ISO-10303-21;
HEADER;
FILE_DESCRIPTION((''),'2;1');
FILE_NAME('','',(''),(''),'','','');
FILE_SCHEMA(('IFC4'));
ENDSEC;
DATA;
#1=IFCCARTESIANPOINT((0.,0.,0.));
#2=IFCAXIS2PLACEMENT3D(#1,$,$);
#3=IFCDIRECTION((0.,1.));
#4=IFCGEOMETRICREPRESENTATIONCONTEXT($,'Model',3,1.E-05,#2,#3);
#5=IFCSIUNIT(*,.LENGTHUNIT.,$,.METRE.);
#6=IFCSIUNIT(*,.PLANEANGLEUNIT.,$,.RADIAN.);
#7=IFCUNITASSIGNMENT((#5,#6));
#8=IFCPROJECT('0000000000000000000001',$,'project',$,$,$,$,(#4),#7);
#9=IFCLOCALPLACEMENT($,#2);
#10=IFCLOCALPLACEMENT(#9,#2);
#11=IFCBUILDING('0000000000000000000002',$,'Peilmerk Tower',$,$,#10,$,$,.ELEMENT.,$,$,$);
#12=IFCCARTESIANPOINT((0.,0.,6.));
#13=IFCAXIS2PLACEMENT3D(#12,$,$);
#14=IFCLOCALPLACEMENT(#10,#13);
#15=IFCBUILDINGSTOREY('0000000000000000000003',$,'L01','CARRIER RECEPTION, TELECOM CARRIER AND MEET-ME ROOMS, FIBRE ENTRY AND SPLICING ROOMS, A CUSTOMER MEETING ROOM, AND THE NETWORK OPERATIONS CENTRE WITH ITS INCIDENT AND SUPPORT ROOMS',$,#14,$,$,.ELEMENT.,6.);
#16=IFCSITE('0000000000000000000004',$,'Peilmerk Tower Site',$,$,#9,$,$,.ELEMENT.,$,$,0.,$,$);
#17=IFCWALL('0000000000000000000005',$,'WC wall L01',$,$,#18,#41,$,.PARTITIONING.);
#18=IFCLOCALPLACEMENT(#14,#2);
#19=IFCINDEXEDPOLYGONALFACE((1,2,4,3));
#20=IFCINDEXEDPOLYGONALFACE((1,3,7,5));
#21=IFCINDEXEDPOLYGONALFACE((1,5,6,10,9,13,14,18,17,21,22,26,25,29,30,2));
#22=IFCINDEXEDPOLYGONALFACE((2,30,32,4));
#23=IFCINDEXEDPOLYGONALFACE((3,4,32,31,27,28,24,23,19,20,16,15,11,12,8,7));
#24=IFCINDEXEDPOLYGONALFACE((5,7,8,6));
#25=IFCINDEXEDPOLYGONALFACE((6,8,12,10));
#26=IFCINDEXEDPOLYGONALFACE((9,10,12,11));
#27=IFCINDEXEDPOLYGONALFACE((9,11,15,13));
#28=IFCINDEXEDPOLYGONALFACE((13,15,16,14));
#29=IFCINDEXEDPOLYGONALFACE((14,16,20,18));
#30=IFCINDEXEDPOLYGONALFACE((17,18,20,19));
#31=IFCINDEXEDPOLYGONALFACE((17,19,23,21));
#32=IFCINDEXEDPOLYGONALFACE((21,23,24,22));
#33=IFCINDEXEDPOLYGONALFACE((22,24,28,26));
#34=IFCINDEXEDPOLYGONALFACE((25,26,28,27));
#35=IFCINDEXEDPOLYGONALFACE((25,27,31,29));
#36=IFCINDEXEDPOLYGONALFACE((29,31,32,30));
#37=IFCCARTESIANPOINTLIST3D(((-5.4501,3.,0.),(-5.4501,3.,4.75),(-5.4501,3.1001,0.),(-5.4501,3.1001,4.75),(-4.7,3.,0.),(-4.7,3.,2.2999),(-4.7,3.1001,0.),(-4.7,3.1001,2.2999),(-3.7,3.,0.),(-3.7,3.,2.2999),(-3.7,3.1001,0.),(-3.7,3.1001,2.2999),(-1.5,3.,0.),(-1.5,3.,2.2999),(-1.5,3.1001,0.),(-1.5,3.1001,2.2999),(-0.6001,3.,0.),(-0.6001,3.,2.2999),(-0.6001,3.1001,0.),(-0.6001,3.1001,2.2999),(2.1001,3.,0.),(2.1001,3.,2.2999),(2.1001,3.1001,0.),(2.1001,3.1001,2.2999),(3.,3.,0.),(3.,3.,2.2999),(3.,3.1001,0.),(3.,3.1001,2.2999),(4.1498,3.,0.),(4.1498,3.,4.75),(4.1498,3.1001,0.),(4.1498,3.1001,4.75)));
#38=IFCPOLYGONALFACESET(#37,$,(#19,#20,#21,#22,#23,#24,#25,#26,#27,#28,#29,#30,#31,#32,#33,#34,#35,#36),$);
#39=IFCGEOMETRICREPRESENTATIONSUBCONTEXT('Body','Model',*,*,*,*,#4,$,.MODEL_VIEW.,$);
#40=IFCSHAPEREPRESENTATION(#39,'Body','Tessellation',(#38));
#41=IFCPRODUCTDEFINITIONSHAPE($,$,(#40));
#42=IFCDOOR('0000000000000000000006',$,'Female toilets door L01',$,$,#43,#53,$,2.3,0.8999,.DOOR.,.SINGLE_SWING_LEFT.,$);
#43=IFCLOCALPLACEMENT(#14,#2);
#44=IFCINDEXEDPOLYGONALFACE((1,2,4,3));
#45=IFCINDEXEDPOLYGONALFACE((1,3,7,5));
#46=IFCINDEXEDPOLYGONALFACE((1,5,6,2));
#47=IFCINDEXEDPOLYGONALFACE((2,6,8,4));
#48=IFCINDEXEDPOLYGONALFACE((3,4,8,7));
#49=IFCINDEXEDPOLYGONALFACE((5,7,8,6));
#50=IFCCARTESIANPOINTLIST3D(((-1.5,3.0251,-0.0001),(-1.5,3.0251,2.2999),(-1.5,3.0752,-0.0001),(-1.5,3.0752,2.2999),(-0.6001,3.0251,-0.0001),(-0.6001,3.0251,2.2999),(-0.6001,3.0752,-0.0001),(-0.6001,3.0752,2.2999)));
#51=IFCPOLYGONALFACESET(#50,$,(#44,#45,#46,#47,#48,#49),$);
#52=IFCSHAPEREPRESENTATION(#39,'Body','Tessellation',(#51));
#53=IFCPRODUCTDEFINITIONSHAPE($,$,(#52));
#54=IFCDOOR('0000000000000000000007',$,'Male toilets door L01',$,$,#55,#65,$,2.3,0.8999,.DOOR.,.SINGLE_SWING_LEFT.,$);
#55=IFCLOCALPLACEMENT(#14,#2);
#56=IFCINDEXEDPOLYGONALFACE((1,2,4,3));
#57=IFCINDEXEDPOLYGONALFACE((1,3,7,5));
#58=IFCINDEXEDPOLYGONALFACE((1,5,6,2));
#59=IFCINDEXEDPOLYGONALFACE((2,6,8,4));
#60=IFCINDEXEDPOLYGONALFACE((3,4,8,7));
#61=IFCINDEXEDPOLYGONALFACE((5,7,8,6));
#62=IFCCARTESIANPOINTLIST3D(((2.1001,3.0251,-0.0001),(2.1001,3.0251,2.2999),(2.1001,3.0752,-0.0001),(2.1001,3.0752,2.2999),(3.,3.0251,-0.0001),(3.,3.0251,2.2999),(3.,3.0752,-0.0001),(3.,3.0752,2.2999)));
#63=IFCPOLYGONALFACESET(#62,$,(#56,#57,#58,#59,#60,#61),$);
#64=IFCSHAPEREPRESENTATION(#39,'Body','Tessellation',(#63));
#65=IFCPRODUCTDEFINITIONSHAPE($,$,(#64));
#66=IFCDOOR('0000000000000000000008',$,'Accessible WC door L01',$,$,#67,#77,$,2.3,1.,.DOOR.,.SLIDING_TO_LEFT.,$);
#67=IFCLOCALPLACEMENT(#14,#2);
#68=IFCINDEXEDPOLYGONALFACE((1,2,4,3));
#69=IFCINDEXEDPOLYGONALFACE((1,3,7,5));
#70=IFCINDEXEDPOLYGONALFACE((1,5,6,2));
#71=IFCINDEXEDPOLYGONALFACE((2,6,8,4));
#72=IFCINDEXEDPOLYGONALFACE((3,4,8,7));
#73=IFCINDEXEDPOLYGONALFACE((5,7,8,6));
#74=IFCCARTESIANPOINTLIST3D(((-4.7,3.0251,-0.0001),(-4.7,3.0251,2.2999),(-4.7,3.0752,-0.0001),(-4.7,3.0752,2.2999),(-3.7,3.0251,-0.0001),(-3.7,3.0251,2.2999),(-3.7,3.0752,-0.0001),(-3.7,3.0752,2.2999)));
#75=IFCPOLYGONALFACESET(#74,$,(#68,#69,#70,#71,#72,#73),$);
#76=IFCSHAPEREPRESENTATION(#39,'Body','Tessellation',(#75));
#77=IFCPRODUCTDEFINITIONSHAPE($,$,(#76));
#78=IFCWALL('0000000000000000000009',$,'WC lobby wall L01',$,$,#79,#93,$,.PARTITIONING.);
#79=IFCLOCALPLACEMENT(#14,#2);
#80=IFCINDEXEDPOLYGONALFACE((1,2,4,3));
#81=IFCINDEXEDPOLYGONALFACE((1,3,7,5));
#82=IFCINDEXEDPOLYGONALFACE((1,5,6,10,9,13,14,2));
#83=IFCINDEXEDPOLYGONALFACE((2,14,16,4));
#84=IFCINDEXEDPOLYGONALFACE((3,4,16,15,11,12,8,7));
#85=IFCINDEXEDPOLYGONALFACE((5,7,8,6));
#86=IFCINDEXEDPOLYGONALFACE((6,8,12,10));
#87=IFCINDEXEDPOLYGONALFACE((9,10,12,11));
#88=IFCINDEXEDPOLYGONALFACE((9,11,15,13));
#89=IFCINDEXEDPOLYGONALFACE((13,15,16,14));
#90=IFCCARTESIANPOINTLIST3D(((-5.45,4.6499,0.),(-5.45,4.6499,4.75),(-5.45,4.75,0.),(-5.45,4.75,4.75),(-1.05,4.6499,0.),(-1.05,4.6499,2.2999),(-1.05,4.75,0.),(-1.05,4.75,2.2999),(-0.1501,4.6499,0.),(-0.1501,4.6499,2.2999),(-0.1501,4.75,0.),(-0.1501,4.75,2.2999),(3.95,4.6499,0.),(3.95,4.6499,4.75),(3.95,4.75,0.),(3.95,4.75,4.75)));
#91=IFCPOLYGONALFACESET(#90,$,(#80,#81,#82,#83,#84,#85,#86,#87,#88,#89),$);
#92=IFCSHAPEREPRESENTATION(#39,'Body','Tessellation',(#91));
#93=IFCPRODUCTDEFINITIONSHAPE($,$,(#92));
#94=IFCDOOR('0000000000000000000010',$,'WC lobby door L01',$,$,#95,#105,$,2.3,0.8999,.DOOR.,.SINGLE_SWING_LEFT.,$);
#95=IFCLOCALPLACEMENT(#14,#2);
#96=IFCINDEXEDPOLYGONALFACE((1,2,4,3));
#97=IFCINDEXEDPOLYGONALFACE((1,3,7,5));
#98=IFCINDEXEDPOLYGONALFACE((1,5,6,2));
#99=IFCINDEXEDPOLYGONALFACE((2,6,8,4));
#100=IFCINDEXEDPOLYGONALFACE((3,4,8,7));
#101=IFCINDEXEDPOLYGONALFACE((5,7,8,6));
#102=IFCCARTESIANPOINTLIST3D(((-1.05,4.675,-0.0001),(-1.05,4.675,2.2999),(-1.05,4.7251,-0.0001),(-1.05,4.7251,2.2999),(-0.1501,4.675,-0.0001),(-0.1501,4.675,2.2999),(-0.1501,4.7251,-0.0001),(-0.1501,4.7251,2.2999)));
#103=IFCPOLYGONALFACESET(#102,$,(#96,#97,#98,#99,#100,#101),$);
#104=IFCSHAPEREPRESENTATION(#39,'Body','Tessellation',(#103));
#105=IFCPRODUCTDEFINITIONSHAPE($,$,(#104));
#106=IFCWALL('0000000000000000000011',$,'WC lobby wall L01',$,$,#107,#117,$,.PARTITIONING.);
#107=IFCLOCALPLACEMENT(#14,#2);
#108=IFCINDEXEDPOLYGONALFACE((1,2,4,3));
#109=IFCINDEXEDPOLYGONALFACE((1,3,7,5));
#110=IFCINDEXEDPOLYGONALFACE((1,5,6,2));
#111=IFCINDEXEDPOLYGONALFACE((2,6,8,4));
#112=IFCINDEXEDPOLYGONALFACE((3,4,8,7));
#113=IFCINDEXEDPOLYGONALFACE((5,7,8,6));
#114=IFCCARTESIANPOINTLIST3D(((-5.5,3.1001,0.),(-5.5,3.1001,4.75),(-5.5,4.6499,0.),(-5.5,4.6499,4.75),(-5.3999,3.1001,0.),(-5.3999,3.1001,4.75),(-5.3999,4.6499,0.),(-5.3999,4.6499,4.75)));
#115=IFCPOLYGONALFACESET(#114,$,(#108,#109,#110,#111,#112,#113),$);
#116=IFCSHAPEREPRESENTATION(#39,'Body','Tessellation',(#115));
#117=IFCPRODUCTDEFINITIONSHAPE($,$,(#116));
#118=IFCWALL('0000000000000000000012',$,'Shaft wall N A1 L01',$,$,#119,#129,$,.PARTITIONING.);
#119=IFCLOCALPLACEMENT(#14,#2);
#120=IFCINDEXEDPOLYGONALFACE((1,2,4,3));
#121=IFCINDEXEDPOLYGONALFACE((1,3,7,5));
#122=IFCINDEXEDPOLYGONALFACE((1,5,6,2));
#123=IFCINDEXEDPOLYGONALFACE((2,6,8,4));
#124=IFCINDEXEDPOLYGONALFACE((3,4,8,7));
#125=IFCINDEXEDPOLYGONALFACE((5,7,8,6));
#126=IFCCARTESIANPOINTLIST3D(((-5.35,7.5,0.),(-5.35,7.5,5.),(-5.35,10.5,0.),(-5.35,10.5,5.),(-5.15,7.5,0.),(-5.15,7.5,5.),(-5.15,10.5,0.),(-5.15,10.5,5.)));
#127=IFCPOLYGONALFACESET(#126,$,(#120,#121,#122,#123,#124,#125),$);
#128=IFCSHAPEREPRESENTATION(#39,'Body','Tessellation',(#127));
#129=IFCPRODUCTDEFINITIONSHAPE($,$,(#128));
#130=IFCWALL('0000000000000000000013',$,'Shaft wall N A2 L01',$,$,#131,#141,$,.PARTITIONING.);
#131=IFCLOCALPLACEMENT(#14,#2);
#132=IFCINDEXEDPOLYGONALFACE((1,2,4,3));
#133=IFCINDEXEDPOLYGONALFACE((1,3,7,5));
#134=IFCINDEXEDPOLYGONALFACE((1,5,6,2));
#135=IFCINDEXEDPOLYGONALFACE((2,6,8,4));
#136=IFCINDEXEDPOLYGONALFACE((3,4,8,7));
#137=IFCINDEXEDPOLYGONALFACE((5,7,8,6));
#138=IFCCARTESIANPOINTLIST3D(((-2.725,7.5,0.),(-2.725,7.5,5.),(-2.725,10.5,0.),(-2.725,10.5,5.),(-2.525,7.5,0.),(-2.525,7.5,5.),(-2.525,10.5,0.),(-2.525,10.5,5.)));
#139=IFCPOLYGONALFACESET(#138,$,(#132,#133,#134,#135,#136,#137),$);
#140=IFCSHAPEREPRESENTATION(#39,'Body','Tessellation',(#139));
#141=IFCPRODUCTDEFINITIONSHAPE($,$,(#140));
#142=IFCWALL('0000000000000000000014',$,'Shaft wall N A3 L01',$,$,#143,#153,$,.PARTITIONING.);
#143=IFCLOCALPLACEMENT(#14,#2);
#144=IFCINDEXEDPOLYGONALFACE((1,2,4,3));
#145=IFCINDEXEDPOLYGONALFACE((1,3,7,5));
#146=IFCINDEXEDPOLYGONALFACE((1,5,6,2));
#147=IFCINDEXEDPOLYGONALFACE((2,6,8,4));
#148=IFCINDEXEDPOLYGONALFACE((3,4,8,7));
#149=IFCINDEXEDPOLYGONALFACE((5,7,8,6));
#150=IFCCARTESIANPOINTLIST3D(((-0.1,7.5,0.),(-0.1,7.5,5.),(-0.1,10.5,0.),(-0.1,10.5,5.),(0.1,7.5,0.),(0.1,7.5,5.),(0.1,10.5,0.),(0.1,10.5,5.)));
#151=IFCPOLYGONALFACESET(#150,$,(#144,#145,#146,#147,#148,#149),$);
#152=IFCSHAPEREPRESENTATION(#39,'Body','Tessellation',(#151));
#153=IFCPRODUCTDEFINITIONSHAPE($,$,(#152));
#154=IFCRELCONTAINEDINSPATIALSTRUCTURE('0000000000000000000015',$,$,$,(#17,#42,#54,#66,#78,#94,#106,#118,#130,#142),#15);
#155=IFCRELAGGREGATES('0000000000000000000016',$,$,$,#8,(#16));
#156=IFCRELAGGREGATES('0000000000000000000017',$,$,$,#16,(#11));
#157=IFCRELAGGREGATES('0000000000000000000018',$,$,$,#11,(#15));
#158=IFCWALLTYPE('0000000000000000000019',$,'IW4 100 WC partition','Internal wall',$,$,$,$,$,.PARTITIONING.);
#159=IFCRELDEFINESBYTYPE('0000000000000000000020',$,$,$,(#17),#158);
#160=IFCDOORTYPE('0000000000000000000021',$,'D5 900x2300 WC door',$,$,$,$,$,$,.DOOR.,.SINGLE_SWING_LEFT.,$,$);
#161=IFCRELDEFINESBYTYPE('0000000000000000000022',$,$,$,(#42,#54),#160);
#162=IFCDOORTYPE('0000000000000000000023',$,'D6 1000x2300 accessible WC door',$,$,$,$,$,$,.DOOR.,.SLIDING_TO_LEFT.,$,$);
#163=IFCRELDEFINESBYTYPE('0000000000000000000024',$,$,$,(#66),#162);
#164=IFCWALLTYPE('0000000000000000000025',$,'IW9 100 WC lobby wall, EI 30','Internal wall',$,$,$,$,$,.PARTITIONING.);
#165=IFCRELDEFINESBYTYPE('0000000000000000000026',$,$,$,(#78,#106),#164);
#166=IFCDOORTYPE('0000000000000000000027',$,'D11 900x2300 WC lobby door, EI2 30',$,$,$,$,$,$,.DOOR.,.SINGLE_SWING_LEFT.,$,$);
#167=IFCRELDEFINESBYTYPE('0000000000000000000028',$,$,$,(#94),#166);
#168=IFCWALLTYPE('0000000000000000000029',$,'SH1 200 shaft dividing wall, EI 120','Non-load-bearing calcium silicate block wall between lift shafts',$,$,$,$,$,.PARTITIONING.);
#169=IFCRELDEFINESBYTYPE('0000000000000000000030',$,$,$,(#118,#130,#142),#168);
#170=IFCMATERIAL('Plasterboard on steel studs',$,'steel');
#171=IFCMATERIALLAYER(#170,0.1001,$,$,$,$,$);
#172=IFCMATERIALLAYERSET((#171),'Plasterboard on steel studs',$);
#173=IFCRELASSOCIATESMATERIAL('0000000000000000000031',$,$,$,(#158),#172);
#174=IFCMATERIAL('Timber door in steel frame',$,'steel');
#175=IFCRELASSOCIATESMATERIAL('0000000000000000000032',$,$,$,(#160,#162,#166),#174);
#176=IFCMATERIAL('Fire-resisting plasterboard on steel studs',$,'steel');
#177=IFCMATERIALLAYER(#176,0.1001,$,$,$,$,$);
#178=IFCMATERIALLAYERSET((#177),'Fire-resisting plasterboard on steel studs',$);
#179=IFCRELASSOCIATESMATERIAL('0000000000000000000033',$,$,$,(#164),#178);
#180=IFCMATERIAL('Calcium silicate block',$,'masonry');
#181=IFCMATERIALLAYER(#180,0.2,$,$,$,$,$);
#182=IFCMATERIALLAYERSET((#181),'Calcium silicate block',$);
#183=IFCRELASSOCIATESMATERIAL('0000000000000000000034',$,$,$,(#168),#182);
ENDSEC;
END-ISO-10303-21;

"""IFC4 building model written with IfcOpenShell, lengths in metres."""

from ifc_helpers import new_model, si_unit, direction, frame, frame_2d, origin, place, context, subcontext, project, spatial, rectangle, extrude, material, layer, layer_set, type_object, element, fill, save


model = new_model("IFC4")

# Units and contexts
model_context = context("Model", 3, precision=1e-05, world=origin(), true_north=direction((0.0, 1.0)))
body_context = subcontext(model_context, "Body", "Model", "MODEL_VIEW")
ifc_project = project(units=[si_unit("LENGTHUNIT", "METRE"), si_unit("PLANEANGLEUNIT", "RADIAN")], contexts=[model_context])

# Site, building, storey
site_placement = place(None, origin())
site = spatial("IfcSite", under=ifc_project, at=site_placement, Name="Peilmerk Tower Site", CompositionType="ELEMENT", RefElevation=0.0)
building_placement = place(site_placement, origin())
building = spatial("IfcBuilding", under=site, at=building_placement, Name="Peilmerk Tower", CompositionType="ELEMENT")
storey_placement = place(building_placement, frame((0.0, 0.0, 6.0)))
storey = spatial("IfcBuildingStorey", under=building, at=storey_placement, Name="L01", Description="CARRIER RECEPTION, TELECOM CARRIER AND MEET-ME ROOMS, FIBRE ENTRY AND SPLICING ROOMS, A CUSTOMER MEETING ROOM, AND THE NETWORK OPERATIONS CENTRE WITH ITS INCIDENT AND SUPPORT ROOMS", CompositionType="ELEMENT", Elevation=6.0)

# Wall, openings, doors
ifc_material_1 = material(Name="Plasterboard on steel studs", Category="steel")
ifc_layer_1 = layer(ifc_material_1, 0.1001)
ifc_layer_set_1 = layer_set([ifc_layer_1], Name="Plasterboard on steel studs")
wall_type_1 = type_object("IfcWallType", Name="IW4 100 WC partition", Description="Internal wall", PredefinedType="PARTITIONING", material=ifc_layer_set_1)
wall_1_placement = place(storey_placement, frame((-5.45, 3.05, 0.0), z_axis=(0.0, 0.0, 1.0), x_axis=(1.0, 0.0, 0.0)))
wall_1 = element("IfcWall", 1, at=wall_1_placement, inside=storey, type_object=wall_type_1, Name="WC wall L01", PredefinedType="PARTITIONING", context=body_context, shape_type="SweptSolid", body=[
    extrude(rectangle(XDim=9.5999, YDim=0.1001, at=frame_2d((4.7998, 0.0))), origin(), (0.0, 0.0, 1.0), 4.75),
])
opening_1_placement = place(wall_1_placement, frame((0.75, 0.0, 0.0)))
opening_1 = element("IfcOpeningElement", 2, at=opening_1_placement, cuts=wall_1, PredefinedType="OPENING", context=body_context, shape_type="SweptSolid", body=[
    extrude(rectangle(XDim=1.0, YDim=2.3, at=frame_2d((0.5, 1.1499))), frame((0.0, 0.0601, 0.0), z_axis=(0.0, -1.0, 0.0), x_axis=(1.0, 0.0, 0.0)), (0.0, 0.0, 1.0), 0.1201),
])
opening_2_placement = place(wall_1_placement, frame((3.95, 0.0, 0.0)))
opening_2 = element("IfcOpeningElement", 3, at=opening_2_placement, cuts=wall_1, PredefinedType="OPENING", context=body_context, shape_type="SweptSolid", body=[
    extrude(rectangle(XDim=0.8999, YDim=2.3, at=frame_2d((0.45, 1.1499))), frame((0.0, 0.0601, 0.0), z_axis=(0.0, -1.0, 0.0), x_axis=(1.0, 0.0, 0.0)), (0.0, 0.0, 1.0), 0.1201),
])
opening_3_placement = place(wall_1_placement, frame((7.55, 0.0, 0.0)))
opening_3 = element("IfcOpeningElement", 4, at=opening_3_placement, cuts=wall_1, PredefinedType="OPENING", context=body_context, shape_type="SweptSolid", body=[
    extrude(rectangle(XDim=0.8999, YDim=2.3, at=frame_2d((0.45, 1.1499))), frame((0.0, 0.0601, 0.0), z_axis=(0.0, -1.0, 0.0), x_axis=(1.0, 0.0, 0.0)), (0.0, 0.0, 1.0), 0.1201),
])
ifc_material_2 = material(Name="Timber door in steel frame", Category="steel")
door_type_1 = type_object("IfcDoorType", Name="D5 900x2300 WC door", OperationType="SINGLE_SWING_LEFT", PredefinedType="DOOR", material=ifc_material_2)
door_1_placement = place(opening_2_placement, frame((0.8999, 0.0, 0.0), z_axis=(0.0, 0.0, 1.0), x_axis=(-1.0, 0.0, 0.0)))
door_1 = element("IfcDoor", 5, at=door_1_placement, inside=storey, type_object=door_type_1, Name="Female toilets door L01", OperationType="SINGLE_SWING_LEFT", OverallHeight=2.3, OverallWidth=0.8999, PredefinedType="DOOR", context=body_context, shape_type="SweptSolid", body=[
    extrude(rectangle(XDim=0.8999, YDim=2.3, at=frame_2d((0.45, 1.1499))), frame((0.0, 0.0249, 0.0), z_axis=(0.0, -1.0, 0.0), x_axis=(1.0, 0.0, 0.0)), (0.0, 0.0, 1.0), 0.05),
])
fill(opening_2, door_1)
door_2_placement = place(opening_3_placement, frame((0.8999, 0.0, 0.0), z_axis=(0.0, 0.0, 1.0), x_axis=(-1.0, 0.0, 0.0)))
door_2 = element("IfcDoor", 6, at=door_2_placement, inside=storey, type_object=door_type_1, Name="Male toilets door L01", OperationType="SINGLE_SWING_LEFT", OverallHeight=2.3, OverallWidth=0.8999, PredefinedType="DOOR", context=body_context, shape_type="SweptSolid", body=[
    extrude(rectangle(XDim=0.8999, YDim=2.3, at=frame_2d((0.45, 1.1499))), frame((0.0, 0.0249, 0.0), z_axis=(0.0, -1.0, 0.0), x_axis=(1.0, 0.0, 0.0)), (0.0, 0.0, 1.0), 0.05),
])
fill(opening_3, door_2)
door_type_2 = type_object("IfcDoorType", Name="D6 1000x2300 accessible WC door", OperationType="SLIDING_TO_LEFT", PredefinedType="DOOR", material=ifc_material_2)
door_3_placement = place(opening_1_placement, frame((1.0, 0.0, 0.0), z_axis=(0.0, 0.0, 1.0), x_axis=(-1.0, 0.0, 0.0)))
door_3 = element("IfcDoor", 7, at=door_3_placement, inside=storey, type_object=door_type_2, Name="Accessible WC door L01", OperationType="SLIDING_TO_LEFT", OverallHeight=2.3, OverallWidth=1.0, PredefinedType="DOOR", context=body_context, shape_type="SweptSolid", body=[
    extrude(rectangle(XDim=1.0, YDim=2.3, at=frame_2d((0.5, 1.1499))), frame((0.0, 0.0249, 0.0), z_axis=(0.0, -1.0, 0.0), x_axis=(1.0, 0.0, 0.0)), (0.0, 0.0, 1.0), 0.05),
])
fill(opening_1, door_3)

# Wall, opening, door
ifc_material_3 = material(Name="Fire-resisting plasterboard on steel studs", Category="steel")
ifc_layer_2 = layer(ifc_material_3, 0.1001)
ifc_layer_set_2 = layer_set([ifc_layer_2], Name="Fire-resisting plasterboard on steel studs")
wall_type_2 = type_object("IfcWallType", Name="IW9 100 WC lobby wall, EI 30", Description="Internal wall", PredefinedType="PARTITIONING", material=ifc_layer_set_2)
wall_2_placement = place(storey_placement, frame((-5.45, 4.7, 0.0), z_axis=(0.0, 0.0, 1.0), x_axis=(1.0, 0.0, 0.0)))
wall_2 = element("IfcWall", 8, at=wall_2_placement, inside=storey, type_object=wall_type_2, Name="WC lobby wall L01", PredefinedType="PARTITIONING", context=body_context, shape_type="SweptSolid", body=[
    extrude(rectangle(XDim=9.3999, YDim=0.1001, at=frame_2d((4.7, 0.0))), origin(), (0.0, 0.0, 1.0), 4.75),
])
opening_4_placement = place(wall_2_placement, frame((4.3999, 0.0, 0.0)))
opening_4 = element("IfcOpeningElement", 9, at=opening_4_placement, cuts=wall_2, PredefinedType="OPENING", context=body_context, shape_type="SweptSolid", body=[
    extrude(rectangle(XDim=0.8999, YDim=2.3, at=frame_2d((0.45, 1.1499))), frame((0.0, 0.0601, 0.0), z_axis=(0.0, -1.0, 0.0), x_axis=(1.0, 0.0, 0.0)), (0.0, 0.0, 1.0), 0.1201),
])
door_type_3 = type_object("IfcDoorType", Name="D11 900x2300 WC lobby door, EI2 30", OperationType="SINGLE_SWING_LEFT", PredefinedType="DOOR", material=ifc_material_2)
door_4_placement = place(opening_4_placement, frame((0.8999, 0.0, 0.0), z_axis=(0.0, 0.0, 1.0), x_axis=(-1.0, 0.0, 0.0)))
door_4 = element("IfcDoor", 10, at=door_4_placement, inside=storey, type_object=door_type_3, Name="WC lobby door L01", OperationType="SINGLE_SWING_LEFT", OverallHeight=2.3, OverallWidth=0.8999, PredefinedType="DOOR", context=body_context, shape_type="SweptSolid", body=[
    extrude(rectangle(XDim=0.8999, YDim=2.3, at=frame_2d((0.45, 1.1499))), frame((0.0, 0.0249, 0.0), z_axis=(0.0, -1.0, 0.0), x_axis=(1.0, 0.0, 0.0)), (0.0, 0.0, 1.0), 0.05),
])
fill(opening_4, door_4)

# Walls
wall_3_placement = place(storey_placement, frame((-5.45, 3.1001, 0.0), z_axis=(0.0, 0.0, 1.0), x_axis=(0.0, 1.0, 0.0)))
element("IfcWall", 11, at=wall_3_placement, inside=storey, type_object=wall_type_2, Name="WC lobby wall L01", PredefinedType="PARTITIONING", context=body_context, shape_type="SweptSolid", body=[
    extrude(rectangle(XDim=1.5498, YDim=0.1001, at=frame_2d((0.7749, 0.0))), origin(), (0.0, 0.0, 1.0), 4.75),
])
ifc_material_4 = material(Name="Calcium silicate block", Category="masonry")
ifc_layer_3 = layer(ifc_material_4, 0.2)
ifc_layer_set_3 = layer_set([ifc_layer_3], Name="Calcium silicate block")
wall_type_3 = type_object("IfcWallType", Name="SH1 200 shaft dividing wall, EI 120", Description="Non-load-bearing calcium silicate block wall between lift shafts", PredefinedType="PARTITIONING", material=ifc_layer_set_3)
for number, where, z_axis, x_axis, name in (
    (12, (-5.25, 7.5, 0.0), (0.0, 0.0, 1.0), (0.0, 1.0, 0.0), "Shaft wall N A1 L01"),
    (13, (-2.625, 7.5, 0.0), (0.0, 0.0, 1.0), (0.0, 1.0, 0.0), "Shaft wall N A2 L01"),
    (14, (0.0, 7.5, 0.0), (0.0, 0.0, 1.0), (0.0, 1.0, 0.0), "Shaft wall N A3 L01"),
):
    element("IfcWall", number, at=place(storey_placement, frame(where, z_axis=z_axis, x_axis=x_axis)), inside=storey, type_object=wall_type_3, Name=name, PredefinedType="PARTITIONING", context=body_context, shape_type="SweptSolid", body=[
        extrude(rectangle(XDim=3.0, YDim=0.2, at=frame_2d((1.5, 0.0))), origin(), (0.0, 0.0, 1.0), 5.0),
    ])

save(model, "model.ifc")
